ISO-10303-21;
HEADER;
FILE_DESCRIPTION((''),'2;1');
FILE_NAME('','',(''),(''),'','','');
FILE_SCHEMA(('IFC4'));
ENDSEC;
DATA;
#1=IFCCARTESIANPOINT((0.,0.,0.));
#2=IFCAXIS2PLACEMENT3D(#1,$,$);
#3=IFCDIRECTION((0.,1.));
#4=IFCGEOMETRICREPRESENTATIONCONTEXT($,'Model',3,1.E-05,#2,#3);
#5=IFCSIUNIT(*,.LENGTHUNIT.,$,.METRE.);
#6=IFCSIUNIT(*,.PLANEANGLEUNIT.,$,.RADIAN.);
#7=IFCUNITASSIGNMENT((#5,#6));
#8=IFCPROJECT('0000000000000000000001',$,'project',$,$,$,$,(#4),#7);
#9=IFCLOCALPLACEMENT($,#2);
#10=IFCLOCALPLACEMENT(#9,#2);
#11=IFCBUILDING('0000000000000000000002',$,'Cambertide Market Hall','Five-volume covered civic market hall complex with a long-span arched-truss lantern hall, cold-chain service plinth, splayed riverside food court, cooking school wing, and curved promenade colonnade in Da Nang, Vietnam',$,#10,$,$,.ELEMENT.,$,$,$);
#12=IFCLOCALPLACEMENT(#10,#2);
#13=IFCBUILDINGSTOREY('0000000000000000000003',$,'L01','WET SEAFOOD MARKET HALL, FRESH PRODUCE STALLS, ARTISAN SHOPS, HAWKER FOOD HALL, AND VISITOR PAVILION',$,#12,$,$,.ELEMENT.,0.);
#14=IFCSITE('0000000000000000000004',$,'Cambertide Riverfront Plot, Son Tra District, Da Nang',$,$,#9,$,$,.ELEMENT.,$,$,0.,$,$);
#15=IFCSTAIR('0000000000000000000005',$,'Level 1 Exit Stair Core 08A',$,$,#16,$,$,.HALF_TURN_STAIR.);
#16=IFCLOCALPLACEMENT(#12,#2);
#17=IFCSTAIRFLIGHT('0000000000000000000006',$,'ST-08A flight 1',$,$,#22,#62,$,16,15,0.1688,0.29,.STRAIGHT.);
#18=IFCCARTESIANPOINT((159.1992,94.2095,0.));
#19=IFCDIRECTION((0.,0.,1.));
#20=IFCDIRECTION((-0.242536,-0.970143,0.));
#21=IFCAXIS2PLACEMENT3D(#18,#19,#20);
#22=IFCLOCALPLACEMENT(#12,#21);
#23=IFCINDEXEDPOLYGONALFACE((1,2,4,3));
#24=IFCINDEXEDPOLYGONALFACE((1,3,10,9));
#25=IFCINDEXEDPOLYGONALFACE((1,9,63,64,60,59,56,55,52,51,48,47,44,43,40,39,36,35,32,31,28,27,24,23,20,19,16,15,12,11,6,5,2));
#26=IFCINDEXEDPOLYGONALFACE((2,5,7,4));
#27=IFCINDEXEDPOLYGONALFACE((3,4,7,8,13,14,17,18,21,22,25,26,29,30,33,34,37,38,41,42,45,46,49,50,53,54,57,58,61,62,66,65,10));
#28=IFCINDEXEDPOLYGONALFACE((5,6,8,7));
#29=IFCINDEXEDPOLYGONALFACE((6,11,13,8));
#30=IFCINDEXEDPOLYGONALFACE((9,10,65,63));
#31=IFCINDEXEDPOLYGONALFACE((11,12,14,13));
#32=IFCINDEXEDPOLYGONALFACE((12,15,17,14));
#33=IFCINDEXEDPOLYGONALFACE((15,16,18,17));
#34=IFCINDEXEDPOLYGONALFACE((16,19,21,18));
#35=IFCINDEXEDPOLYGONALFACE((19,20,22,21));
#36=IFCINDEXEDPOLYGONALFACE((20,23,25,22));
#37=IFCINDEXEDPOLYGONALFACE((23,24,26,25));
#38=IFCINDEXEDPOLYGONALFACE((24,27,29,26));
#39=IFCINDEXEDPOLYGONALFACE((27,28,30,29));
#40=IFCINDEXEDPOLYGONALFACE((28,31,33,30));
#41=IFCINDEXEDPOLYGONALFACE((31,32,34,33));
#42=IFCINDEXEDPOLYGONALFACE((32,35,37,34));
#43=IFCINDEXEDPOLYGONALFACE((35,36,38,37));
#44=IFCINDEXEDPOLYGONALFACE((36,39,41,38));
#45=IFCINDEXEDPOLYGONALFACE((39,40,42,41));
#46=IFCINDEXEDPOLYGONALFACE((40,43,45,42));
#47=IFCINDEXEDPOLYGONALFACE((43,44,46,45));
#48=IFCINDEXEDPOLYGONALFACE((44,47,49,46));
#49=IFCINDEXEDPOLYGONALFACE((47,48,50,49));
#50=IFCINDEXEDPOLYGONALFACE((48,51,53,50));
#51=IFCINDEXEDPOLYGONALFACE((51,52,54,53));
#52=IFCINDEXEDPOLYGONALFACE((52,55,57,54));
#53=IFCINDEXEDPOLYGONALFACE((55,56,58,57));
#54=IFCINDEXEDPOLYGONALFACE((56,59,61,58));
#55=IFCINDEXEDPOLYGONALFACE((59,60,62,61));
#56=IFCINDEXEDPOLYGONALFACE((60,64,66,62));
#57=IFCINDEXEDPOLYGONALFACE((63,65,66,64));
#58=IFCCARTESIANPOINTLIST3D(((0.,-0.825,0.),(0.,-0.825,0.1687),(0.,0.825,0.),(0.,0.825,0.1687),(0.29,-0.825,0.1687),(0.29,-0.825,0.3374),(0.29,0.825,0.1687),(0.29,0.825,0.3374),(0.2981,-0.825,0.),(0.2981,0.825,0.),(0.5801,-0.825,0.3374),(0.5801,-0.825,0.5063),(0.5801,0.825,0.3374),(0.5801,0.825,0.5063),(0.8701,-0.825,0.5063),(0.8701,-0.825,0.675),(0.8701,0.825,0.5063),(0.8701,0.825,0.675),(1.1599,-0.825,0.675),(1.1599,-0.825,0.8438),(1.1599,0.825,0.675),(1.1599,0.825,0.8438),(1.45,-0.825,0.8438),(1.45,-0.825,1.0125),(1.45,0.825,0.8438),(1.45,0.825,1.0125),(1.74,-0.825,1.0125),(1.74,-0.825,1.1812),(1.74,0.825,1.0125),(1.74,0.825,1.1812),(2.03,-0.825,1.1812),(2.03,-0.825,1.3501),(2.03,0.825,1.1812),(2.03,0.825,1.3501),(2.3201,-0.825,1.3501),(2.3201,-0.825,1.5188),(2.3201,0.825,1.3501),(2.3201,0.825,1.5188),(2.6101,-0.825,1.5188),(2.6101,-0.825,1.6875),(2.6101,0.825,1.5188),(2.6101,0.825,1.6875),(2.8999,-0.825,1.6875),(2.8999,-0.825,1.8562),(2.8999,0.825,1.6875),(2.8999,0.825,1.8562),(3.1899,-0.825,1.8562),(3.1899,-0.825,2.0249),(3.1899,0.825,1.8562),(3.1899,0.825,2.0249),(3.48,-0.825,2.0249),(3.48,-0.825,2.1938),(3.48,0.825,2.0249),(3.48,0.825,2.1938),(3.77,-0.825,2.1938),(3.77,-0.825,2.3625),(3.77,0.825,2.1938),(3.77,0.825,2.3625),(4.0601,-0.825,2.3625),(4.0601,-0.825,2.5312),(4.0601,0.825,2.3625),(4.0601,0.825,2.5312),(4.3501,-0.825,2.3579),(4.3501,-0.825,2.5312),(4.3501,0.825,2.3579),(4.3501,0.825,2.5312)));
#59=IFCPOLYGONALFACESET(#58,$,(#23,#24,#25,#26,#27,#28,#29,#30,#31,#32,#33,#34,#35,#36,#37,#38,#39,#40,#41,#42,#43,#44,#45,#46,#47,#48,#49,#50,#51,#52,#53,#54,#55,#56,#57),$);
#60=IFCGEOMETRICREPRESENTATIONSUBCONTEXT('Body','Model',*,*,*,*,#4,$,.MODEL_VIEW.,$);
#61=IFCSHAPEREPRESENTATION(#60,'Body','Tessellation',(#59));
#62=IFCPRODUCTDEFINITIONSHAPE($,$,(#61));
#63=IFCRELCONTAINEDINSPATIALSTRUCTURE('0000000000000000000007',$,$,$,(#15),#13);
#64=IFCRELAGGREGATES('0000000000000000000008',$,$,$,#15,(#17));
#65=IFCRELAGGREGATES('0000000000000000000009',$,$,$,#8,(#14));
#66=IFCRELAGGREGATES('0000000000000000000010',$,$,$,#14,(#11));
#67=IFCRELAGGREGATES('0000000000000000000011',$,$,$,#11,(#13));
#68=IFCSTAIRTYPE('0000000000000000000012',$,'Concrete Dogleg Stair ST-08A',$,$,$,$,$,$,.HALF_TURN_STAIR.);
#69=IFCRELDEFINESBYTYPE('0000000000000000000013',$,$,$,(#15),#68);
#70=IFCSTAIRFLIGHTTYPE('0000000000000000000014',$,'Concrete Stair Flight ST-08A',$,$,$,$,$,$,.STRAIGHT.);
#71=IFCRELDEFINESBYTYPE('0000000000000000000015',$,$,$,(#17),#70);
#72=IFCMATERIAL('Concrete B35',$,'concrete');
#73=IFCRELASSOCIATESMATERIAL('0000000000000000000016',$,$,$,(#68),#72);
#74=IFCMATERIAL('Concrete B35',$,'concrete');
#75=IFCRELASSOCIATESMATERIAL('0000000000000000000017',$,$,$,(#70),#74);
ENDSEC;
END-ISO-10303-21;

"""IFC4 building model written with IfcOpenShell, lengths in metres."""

from ifc_helpers import new_model, si_unit, direction, frame, origin, place, context, subcontext, project, spatial, polyline, outline, extrude, material, type_object, element, aggregate, save


model = new_model("IFC4")

# Units and contexts
model_context = context("Model", 3, precision=1e-05, world=origin(), true_north=direction((0.0, 1.0)))
body_context = subcontext(model_context, "Body", "Model", "MODEL_VIEW")
ifc_project = project(units=[si_unit("LENGTHUNIT", "METRE"), si_unit("PLANEANGLEUNIT", "RADIAN")], contexts=[model_context])

# Site, building, storey
site_placement = place(None, origin())
site = spatial("IfcSite", under=ifc_project, at=site_placement, Name="Cambertide Riverfront Plot, Son Tra District, Da Nang", CompositionType="ELEMENT", RefElevation=0.0)
building_placement = place(site_placement, origin())
building = spatial("IfcBuilding", under=site, at=building_placement, Name="Cambertide Market Hall", Description="Five-volume covered civic market hall complex with a long-span arched-truss lantern hall, cold-chain service plinth, splayed riverside food court, cooking school wing, and curved promenade colonnade in Da Nang, Vietnam", CompositionType="ELEMENT")
storey_placement = place(building_placement, origin())
storey = spatial("IfcBuildingStorey", under=building, at=storey_placement, Name="L01", Description="WET SEAFOOD MARKET HALL, FRESH PRODUCE STALLS, ARTISAN SHOPS, HAWKER FOOD HALL, AND VISITOR PAVILION", CompositionType="ELEMENT", Elevation=0.0)

# Stair, stair flight
ifc_material_1 = material(Name="Concrete B35", Category="concrete")
stair_type = type_object("IfcStairType", Name="Concrete Dogleg Stair ST-08A", PredefinedType="HALF_TURN_STAIR", material=ifc_material_1)
stair_placement = place(storey_placement, origin())
stair = element("IfcStair", 1, at=stair_placement, inside=storey, type_object=stair_type, Name="Level 1 Exit Stair Core 08A", PredefinedType="HALF_TURN_STAIR")
ifc_material_2 = material(Name="Concrete B35", Category="concrete")
stair_flight_type = type_object("IfcStairFlightType", Name="Concrete Stair Flight ST-08A", PredefinedType="STRAIGHT", material=ifc_material_2)
stair_flight_placement = place(storey_placement, frame((159.1992, 94.2095, 0.0), z_axis=(0.0, 0.0, 1.0), x_axis=(-0.242536, -0.970143, 0.0)))
stair_flight = element("IfcStairFlight", 2, at=stair_flight_placement, type_object=stair_flight_type, Name="ST-08A flight 1", NumberOfRisers=16, NumberOfTreads=15, PredefinedType="STRAIGHT", RiserHeight=0.1688, TreadLength=0.29, context=body_context, shape_type="SweptSolid", body=[
    extrude(outline(polyline([(0.0, 0.0), (0.0, 0.1687), (0.29, 0.1687), (0.29, 0.3374), (0.5801, 0.3374), (0.5801, 0.5063), (0.8701, 0.5063), (0.8701, 0.675), (1.1599, 0.675), (1.1599, 0.8438), (1.45, 0.8438), (1.45, 1.0125), (1.74, 1.0125), (1.74, 1.1812), (2.03, 1.1812), (2.03, 1.3501), (2.3201, 1.3501), (2.3201, 1.5188), (2.6101, 1.5188), (2.6101, 1.6875), (2.8999, 1.6875), (2.8999, 1.8562), (3.1899, 1.8562), (3.1899, 2.0249), (3.48, 2.0249), (3.48, 2.1938), (3.77, 2.1938), (3.77, 2.3625), (4.0601, 2.3625), (4.0601, 2.5312), (4.3501, 2.5312), (4.3501, 2.7), (4.3501, 2.3579), (0.2981, 0.0), (0.0, 0.0)])), frame((0.0, 0.825, 0.0), z_axis=(0.0, -1.0, 0.0), x_axis=(1.0, 0.0, 0.0)), (0.0, 0.0, 1.0), 1.6499),
])
aggregate(stair, [stair_flight])

save(model, "model.ifc")
